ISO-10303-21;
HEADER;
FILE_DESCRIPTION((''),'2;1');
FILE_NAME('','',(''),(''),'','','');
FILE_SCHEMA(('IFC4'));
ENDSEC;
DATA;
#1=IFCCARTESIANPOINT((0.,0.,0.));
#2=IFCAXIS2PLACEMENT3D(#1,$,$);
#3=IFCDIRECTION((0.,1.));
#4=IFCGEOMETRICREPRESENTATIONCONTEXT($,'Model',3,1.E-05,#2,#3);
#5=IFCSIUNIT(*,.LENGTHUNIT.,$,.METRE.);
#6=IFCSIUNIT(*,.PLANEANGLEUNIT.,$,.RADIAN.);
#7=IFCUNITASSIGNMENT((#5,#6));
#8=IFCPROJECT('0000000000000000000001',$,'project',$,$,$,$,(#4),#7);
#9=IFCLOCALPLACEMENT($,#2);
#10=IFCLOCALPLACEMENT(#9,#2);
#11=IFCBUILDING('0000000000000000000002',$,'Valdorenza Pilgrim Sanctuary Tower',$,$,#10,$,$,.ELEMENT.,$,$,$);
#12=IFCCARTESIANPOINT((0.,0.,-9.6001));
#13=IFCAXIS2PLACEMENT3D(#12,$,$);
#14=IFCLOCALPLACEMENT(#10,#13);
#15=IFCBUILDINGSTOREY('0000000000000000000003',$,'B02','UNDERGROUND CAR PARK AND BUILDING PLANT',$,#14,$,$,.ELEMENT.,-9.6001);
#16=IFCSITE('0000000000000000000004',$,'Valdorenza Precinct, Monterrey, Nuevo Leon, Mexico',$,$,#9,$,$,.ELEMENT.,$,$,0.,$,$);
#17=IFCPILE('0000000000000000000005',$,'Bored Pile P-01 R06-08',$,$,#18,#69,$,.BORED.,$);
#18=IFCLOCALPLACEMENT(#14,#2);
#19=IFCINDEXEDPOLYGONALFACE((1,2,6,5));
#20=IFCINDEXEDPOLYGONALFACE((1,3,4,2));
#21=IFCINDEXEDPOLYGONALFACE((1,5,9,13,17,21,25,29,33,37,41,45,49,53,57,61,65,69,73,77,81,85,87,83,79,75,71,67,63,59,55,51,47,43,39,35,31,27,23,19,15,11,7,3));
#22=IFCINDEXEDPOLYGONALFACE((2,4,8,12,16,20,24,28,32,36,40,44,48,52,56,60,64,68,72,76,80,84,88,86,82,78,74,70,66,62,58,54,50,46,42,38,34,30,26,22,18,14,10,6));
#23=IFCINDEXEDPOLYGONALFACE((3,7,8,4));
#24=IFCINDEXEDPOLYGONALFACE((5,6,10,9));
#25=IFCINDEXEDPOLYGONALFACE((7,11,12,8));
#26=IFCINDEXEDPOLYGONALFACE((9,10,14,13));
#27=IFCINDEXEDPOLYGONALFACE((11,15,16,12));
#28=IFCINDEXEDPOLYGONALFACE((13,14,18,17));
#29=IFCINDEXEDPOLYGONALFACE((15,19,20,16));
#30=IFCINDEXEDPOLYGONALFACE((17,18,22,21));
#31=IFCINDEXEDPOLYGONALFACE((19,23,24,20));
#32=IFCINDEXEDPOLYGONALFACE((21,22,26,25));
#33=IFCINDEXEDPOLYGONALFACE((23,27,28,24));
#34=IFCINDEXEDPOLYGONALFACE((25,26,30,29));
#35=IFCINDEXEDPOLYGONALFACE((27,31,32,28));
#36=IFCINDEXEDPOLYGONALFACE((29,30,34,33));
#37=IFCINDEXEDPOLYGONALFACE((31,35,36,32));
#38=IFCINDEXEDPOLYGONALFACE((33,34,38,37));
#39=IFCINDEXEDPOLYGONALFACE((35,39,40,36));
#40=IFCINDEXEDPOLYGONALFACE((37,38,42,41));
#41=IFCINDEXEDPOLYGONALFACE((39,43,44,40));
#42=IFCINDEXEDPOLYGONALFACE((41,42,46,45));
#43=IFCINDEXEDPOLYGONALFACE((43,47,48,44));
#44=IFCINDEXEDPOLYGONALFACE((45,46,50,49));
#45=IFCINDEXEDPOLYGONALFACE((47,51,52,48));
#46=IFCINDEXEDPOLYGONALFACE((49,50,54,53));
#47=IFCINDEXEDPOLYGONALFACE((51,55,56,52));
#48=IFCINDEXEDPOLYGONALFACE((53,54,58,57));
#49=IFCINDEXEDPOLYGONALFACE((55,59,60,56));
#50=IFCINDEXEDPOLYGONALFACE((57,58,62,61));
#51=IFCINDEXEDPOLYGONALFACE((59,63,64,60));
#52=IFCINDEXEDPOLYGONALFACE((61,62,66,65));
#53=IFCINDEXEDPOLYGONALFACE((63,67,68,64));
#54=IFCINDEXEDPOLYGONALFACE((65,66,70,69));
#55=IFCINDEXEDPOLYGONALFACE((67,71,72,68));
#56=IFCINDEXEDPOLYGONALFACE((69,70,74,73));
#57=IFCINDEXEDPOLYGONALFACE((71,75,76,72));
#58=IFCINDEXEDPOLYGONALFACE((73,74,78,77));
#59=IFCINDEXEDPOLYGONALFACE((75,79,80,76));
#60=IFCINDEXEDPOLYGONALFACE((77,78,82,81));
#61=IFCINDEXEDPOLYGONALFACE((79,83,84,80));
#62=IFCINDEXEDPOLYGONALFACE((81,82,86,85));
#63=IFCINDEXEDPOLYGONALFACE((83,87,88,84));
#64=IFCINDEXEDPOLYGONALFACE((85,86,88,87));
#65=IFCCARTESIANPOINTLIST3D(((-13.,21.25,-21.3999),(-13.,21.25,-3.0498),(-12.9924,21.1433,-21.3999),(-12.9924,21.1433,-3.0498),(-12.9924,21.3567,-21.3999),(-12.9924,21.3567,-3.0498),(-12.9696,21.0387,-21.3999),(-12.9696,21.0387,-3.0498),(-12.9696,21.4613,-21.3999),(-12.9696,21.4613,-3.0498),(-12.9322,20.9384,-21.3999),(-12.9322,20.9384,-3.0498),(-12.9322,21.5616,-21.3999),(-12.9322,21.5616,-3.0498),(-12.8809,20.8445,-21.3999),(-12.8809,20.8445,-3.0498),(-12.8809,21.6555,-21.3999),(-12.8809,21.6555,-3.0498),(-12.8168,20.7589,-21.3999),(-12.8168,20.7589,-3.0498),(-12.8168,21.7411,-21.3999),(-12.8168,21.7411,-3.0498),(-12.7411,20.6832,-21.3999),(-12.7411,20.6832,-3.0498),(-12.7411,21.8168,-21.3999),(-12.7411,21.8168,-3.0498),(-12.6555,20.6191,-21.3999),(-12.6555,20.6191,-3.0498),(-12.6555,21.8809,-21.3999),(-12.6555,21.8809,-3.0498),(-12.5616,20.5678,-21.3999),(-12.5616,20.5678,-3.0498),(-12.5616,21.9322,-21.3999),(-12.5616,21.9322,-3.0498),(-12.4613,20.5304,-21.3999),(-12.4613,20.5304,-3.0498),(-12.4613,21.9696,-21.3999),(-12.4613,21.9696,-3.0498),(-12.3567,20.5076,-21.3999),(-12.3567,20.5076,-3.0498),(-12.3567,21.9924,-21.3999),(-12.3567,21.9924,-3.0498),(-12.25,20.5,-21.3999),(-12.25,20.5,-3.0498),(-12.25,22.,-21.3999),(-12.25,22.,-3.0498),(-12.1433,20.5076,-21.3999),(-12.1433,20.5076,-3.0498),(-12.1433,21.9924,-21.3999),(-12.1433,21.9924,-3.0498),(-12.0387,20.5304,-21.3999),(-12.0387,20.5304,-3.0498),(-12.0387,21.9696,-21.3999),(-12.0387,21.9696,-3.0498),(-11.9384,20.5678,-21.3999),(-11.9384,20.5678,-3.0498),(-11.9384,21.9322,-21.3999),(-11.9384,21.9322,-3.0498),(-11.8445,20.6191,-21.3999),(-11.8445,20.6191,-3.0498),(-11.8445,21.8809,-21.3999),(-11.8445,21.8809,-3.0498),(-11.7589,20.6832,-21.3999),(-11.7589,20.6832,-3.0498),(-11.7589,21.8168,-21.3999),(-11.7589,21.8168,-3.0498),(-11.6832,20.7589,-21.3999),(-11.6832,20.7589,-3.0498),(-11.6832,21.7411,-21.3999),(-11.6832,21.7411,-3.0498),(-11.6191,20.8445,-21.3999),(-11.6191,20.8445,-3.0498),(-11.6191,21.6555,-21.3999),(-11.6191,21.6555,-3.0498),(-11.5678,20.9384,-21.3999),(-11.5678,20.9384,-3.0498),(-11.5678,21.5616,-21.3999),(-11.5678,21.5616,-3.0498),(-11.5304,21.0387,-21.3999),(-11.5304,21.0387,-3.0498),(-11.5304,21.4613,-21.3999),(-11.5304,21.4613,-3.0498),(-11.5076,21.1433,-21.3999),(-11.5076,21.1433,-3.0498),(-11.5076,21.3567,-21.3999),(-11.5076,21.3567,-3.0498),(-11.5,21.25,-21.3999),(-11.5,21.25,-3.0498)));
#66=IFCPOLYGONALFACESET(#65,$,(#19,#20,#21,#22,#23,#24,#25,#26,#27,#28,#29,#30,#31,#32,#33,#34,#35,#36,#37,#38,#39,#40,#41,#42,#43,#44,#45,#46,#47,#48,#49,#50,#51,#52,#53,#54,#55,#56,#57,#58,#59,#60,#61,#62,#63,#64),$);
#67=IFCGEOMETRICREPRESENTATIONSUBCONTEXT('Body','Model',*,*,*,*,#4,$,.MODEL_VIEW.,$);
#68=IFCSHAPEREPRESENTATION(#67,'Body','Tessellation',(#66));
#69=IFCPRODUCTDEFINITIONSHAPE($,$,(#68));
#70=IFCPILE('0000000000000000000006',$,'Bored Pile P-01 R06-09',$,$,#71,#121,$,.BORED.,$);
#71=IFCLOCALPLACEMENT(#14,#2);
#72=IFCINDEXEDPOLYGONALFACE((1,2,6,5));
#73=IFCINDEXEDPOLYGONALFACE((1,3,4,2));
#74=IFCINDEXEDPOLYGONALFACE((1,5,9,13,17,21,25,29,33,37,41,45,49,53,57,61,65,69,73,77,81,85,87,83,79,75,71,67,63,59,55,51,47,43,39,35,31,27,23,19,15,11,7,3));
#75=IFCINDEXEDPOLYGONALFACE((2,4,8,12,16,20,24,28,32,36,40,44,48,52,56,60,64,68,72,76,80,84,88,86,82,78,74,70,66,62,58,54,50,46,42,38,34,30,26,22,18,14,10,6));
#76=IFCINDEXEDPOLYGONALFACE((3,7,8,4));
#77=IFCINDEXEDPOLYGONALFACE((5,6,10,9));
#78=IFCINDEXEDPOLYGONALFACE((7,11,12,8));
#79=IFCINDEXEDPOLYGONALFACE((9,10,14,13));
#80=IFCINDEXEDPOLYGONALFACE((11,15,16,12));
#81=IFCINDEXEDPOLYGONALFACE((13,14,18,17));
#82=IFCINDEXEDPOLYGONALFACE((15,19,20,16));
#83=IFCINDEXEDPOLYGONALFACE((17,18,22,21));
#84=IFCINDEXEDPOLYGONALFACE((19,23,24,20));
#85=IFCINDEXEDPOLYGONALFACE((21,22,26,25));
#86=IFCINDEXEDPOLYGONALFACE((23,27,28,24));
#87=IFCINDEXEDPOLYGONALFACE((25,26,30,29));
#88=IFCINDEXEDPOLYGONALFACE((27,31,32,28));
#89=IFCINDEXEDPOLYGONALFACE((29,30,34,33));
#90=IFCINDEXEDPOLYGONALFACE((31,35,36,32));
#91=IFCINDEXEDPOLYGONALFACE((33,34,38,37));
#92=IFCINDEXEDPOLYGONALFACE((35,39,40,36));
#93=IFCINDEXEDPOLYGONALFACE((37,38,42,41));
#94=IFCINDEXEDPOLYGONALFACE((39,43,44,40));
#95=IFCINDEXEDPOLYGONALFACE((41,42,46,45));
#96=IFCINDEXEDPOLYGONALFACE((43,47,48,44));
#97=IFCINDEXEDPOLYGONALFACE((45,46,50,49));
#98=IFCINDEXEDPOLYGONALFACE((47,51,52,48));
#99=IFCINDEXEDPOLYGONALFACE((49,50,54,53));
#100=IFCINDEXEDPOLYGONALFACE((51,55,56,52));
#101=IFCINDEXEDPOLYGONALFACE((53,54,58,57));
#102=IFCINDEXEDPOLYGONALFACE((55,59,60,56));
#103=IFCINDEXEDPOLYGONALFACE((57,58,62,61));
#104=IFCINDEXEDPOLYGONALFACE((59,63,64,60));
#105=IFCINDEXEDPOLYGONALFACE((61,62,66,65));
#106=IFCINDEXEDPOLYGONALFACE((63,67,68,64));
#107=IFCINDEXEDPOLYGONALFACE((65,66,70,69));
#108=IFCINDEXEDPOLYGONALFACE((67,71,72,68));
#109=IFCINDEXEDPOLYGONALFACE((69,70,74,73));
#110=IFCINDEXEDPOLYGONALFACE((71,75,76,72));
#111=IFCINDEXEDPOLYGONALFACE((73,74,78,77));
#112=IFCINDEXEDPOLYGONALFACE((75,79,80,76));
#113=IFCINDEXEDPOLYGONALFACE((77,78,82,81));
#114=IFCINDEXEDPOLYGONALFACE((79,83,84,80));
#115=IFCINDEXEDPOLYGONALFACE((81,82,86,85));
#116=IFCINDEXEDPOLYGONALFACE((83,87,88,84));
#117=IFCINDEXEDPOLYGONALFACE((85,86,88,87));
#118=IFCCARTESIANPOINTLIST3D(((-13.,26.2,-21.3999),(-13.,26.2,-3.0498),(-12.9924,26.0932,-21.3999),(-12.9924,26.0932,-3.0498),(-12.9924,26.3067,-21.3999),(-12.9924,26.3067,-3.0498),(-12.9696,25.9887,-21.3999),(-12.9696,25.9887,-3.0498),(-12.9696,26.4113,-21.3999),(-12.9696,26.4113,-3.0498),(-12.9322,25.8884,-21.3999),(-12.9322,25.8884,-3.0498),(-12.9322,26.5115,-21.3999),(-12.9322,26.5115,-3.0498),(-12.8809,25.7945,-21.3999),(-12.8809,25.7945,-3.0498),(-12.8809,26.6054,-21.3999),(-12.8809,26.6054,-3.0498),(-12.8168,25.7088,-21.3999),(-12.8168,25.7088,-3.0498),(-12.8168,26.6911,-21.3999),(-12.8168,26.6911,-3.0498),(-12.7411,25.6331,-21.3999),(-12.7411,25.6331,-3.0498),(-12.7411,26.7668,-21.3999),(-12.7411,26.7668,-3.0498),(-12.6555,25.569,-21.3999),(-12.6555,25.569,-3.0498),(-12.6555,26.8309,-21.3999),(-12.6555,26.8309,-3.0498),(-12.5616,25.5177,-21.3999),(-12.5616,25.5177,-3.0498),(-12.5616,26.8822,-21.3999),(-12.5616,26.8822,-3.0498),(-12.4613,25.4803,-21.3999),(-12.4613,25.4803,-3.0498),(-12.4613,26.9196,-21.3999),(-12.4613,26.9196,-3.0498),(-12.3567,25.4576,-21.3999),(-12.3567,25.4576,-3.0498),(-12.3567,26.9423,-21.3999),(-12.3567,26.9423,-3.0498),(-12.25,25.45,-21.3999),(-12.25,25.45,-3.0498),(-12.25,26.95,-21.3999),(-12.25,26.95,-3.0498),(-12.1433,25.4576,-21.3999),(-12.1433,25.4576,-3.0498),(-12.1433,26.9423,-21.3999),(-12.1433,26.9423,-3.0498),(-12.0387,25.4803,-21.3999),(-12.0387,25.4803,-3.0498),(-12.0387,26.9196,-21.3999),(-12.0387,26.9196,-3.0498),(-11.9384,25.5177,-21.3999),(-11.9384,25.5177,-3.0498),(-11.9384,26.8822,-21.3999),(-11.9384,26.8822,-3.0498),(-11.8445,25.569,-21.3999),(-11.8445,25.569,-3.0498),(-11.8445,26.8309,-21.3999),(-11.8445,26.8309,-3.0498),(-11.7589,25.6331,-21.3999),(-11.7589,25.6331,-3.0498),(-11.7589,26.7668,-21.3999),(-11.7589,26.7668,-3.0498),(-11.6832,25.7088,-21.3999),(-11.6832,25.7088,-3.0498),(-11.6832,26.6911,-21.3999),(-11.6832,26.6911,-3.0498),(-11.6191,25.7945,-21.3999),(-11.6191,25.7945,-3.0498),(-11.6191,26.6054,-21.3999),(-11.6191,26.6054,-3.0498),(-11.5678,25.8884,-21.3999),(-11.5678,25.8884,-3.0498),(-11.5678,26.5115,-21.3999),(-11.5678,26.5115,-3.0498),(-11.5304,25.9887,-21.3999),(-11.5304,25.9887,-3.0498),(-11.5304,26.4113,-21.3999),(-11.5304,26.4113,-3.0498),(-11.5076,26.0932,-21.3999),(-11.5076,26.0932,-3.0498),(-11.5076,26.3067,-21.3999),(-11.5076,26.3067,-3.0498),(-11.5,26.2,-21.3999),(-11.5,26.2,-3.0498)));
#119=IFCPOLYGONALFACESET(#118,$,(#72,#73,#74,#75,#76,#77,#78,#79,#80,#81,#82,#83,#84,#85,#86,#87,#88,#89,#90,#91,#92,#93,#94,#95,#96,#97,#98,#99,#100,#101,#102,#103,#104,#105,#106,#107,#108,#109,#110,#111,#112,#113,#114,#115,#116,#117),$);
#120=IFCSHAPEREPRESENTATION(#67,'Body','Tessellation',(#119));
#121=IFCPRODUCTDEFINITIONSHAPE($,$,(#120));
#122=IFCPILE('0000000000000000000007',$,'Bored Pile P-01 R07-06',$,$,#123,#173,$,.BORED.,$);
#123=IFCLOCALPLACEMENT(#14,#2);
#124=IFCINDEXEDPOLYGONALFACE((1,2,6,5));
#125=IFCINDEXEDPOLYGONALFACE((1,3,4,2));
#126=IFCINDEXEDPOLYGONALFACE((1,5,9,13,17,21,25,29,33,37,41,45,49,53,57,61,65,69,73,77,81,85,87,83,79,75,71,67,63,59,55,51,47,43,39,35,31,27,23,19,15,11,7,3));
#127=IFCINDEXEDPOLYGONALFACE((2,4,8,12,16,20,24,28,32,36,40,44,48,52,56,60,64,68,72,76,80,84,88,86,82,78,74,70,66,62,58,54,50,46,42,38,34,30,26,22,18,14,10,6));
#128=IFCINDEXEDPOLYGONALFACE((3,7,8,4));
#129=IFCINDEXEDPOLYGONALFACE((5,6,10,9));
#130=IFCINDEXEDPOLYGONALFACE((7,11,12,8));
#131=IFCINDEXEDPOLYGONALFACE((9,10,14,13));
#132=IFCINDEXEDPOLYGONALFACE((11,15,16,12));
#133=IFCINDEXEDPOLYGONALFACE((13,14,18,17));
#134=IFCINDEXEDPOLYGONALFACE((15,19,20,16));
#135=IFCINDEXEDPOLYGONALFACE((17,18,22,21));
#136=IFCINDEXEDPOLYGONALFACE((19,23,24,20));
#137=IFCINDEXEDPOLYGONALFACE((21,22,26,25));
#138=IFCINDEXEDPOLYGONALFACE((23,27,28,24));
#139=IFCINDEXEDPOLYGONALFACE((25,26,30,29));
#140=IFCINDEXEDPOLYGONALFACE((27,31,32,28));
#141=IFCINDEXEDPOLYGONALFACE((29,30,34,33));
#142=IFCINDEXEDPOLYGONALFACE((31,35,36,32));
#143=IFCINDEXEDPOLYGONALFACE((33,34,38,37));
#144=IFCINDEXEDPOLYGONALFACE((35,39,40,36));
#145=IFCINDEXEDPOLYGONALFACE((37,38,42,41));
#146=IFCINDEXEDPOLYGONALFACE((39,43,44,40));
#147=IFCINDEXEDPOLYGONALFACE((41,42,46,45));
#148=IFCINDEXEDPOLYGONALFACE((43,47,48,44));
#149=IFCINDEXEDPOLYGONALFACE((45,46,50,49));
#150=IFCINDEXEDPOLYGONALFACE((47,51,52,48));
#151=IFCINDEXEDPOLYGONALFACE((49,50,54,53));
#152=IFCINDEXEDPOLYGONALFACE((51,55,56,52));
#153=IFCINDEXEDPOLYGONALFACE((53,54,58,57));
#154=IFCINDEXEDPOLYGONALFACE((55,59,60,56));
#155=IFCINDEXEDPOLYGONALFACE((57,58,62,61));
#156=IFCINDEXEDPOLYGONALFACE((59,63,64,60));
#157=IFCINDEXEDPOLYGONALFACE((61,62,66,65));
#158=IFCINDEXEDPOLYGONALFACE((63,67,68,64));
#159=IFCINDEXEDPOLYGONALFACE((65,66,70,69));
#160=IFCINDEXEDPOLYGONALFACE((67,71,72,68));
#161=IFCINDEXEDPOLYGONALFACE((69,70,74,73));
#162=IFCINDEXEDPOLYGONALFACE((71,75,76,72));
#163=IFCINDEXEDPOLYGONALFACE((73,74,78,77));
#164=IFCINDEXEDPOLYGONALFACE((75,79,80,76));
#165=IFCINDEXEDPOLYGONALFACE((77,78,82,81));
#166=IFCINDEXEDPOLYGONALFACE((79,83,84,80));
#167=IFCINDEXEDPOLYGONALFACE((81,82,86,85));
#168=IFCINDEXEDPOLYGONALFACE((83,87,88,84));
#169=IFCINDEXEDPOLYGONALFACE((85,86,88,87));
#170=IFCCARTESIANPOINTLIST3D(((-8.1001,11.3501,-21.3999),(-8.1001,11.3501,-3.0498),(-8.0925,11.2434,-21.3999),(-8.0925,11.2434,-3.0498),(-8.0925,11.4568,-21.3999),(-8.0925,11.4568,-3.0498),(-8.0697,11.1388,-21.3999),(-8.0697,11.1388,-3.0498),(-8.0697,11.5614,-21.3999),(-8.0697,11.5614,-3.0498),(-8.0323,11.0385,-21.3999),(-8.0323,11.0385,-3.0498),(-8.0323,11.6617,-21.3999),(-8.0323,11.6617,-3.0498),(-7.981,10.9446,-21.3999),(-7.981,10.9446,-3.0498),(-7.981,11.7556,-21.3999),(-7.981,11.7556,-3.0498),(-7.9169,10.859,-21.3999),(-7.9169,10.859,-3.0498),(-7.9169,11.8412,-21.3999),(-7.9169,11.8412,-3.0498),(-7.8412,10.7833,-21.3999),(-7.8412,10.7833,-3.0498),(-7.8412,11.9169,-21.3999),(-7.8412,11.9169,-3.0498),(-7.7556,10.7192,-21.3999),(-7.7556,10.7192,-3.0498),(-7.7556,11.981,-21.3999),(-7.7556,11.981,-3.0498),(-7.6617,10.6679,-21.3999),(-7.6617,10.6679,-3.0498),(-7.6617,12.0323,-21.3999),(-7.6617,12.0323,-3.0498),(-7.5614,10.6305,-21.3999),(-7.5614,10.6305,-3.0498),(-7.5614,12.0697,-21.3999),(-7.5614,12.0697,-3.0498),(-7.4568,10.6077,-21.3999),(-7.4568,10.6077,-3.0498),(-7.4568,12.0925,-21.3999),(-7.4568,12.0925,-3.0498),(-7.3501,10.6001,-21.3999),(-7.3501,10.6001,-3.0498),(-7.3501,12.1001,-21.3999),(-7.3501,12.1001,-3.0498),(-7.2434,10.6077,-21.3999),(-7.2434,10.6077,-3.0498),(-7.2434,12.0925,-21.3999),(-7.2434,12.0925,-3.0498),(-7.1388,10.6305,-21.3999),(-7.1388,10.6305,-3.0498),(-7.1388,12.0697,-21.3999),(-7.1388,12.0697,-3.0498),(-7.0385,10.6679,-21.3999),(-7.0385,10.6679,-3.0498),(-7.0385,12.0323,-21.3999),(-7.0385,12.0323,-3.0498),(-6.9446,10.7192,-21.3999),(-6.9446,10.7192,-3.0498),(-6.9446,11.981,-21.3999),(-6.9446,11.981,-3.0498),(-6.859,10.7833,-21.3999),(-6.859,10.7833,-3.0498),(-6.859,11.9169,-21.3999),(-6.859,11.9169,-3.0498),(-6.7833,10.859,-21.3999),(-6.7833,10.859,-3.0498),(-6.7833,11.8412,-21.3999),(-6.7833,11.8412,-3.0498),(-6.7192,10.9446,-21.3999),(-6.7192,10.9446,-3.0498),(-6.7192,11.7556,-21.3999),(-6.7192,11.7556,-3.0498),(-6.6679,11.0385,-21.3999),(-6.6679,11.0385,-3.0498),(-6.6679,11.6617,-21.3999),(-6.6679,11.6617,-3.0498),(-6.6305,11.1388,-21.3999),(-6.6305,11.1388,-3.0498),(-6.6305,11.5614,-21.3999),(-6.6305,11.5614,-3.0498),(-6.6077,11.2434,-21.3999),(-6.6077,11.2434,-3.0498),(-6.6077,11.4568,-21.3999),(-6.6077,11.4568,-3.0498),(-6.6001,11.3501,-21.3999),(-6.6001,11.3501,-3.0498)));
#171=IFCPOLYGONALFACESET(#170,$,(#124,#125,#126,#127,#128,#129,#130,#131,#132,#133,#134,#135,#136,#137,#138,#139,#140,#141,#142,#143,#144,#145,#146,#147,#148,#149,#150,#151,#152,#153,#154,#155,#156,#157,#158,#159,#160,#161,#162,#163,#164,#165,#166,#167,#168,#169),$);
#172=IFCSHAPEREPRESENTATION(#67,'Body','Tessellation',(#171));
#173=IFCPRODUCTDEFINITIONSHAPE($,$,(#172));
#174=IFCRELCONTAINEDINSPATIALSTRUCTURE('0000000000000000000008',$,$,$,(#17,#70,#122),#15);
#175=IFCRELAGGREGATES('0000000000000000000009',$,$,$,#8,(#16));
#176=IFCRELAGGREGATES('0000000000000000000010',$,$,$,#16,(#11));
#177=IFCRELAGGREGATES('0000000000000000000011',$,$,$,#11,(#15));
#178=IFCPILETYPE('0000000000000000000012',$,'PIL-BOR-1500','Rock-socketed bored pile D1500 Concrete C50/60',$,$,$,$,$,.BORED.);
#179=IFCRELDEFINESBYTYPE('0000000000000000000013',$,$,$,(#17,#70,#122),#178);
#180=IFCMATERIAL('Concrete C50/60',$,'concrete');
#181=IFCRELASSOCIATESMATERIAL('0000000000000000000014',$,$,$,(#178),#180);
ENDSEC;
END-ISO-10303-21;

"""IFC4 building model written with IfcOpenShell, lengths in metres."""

from ifc_helpers import new_model, si_unit, direction, frame, origin, origin_2d, place, context, subcontext, project, spatial, circle, extrude, source, transform, mapped, material, material_profile, profile_set, type_object, element, save


model = new_model("IFC4")

# Units and contexts
model_context = context("Model", 3, precision=1e-05, world=origin(), true_north=direction((0.0, 1.0)))
body_context = subcontext(model_context, "Body", "Model", "MODEL_VIEW")
ifc_project = project(units=[si_unit("LENGTHUNIT", "METRE"), si_unit("PLANEANGLEUNIT", "RADIAN")], contexts=[model_context])

# Site, building, storey
site_placement = place(None, origin())
site = spatial("IfcSite", under=ifc_project, at=site_placement, Name="Valdorenza Precinct, Monterrey, Nuevo Leon, Mexico", CompositionType="ELEMENT", RefElevation=0.0)
building_placement = place(site_placement, origin())
building = spatial("IfcBuilding", under=site, at=building_placement, Name="Valdorenza Pilgrim Sanctuary Tower", CompositionType="ELEMENT")
storey_placement = place(building_placement, frame((0.0, 0.0, -9.6001)))
storey = spatial("IfcBuildingStorey", under=building, at=storey_placement, Name="B02", Description="UNDERGROUND CAR PARK AND BUILDING PLANT", CompositionType="ELEMENT", Elevation=-9.6001)

# Piles
ifc_material_1 = material(Name="Concrete C50/60", Category="concrete")
ifc_material_profile_1 = material_profile(ifc_material_1, circle(Radius=0.75, at=origin_2d()), Name="BORED PILE 1500")
ifc_profile_set_1 = profile_set([ifc_material_profile_1], Name="Concrete C50/60")
pile_type = type_object("IfcPileType", Name="PIL-BOR-1500", Description="Rock-socketed bored pile D1500 Concrete C50/60", PredefinedType="BORED", material=ifc_profile_set_1)
shared_shape_1 = source(origin(), body_context, "Body", "SweptSolid", [
    extrude(circle(Radius=0.75, at=origin_2d()), origin(), (0.0, 0.0, 1.0), 18.3501),
])
for number, where, z_axis, x_axis, name in (
    (1, (-12.25, 21.25, -3.0498), (0.0, 0.0, -1.0), (1.0, 0.0, 0.0), "Bored Pile P-01 R06-08"),
    (2, (-12.25, 26.2, -3.0498), (0.0, 0.0, -1.0), (1.0, 0.0, 0.0), "Bored Pile P-01 R06-09"),
    (3, (-7.3501, 11.3501, -3.0498), (0.0, 0.0, -1.0), (1.0, 0.0, 0.0), "Bored Pile P-01 R07-06"),
):
    element("IfcPile", number, at=place(storey_placement, frame(where, z_axis=z_axis, x_axis=x_axis)), inside=storey, type_object=pile_type, Name=name, PredefinedType="BORED", context=body_context, shape_type="MappedRepresentation", body=[
        mapped(shared_shape_1, transform((0.0, 0.0, 0.0), x_axis=(1.0, 0.0, 0.0), y_axis=(0.0, 1.0, 0.0), z_axis=(0.0, 0.0, 1.0), scale=1.0)),
    ])

save(model, "model.ifc")
